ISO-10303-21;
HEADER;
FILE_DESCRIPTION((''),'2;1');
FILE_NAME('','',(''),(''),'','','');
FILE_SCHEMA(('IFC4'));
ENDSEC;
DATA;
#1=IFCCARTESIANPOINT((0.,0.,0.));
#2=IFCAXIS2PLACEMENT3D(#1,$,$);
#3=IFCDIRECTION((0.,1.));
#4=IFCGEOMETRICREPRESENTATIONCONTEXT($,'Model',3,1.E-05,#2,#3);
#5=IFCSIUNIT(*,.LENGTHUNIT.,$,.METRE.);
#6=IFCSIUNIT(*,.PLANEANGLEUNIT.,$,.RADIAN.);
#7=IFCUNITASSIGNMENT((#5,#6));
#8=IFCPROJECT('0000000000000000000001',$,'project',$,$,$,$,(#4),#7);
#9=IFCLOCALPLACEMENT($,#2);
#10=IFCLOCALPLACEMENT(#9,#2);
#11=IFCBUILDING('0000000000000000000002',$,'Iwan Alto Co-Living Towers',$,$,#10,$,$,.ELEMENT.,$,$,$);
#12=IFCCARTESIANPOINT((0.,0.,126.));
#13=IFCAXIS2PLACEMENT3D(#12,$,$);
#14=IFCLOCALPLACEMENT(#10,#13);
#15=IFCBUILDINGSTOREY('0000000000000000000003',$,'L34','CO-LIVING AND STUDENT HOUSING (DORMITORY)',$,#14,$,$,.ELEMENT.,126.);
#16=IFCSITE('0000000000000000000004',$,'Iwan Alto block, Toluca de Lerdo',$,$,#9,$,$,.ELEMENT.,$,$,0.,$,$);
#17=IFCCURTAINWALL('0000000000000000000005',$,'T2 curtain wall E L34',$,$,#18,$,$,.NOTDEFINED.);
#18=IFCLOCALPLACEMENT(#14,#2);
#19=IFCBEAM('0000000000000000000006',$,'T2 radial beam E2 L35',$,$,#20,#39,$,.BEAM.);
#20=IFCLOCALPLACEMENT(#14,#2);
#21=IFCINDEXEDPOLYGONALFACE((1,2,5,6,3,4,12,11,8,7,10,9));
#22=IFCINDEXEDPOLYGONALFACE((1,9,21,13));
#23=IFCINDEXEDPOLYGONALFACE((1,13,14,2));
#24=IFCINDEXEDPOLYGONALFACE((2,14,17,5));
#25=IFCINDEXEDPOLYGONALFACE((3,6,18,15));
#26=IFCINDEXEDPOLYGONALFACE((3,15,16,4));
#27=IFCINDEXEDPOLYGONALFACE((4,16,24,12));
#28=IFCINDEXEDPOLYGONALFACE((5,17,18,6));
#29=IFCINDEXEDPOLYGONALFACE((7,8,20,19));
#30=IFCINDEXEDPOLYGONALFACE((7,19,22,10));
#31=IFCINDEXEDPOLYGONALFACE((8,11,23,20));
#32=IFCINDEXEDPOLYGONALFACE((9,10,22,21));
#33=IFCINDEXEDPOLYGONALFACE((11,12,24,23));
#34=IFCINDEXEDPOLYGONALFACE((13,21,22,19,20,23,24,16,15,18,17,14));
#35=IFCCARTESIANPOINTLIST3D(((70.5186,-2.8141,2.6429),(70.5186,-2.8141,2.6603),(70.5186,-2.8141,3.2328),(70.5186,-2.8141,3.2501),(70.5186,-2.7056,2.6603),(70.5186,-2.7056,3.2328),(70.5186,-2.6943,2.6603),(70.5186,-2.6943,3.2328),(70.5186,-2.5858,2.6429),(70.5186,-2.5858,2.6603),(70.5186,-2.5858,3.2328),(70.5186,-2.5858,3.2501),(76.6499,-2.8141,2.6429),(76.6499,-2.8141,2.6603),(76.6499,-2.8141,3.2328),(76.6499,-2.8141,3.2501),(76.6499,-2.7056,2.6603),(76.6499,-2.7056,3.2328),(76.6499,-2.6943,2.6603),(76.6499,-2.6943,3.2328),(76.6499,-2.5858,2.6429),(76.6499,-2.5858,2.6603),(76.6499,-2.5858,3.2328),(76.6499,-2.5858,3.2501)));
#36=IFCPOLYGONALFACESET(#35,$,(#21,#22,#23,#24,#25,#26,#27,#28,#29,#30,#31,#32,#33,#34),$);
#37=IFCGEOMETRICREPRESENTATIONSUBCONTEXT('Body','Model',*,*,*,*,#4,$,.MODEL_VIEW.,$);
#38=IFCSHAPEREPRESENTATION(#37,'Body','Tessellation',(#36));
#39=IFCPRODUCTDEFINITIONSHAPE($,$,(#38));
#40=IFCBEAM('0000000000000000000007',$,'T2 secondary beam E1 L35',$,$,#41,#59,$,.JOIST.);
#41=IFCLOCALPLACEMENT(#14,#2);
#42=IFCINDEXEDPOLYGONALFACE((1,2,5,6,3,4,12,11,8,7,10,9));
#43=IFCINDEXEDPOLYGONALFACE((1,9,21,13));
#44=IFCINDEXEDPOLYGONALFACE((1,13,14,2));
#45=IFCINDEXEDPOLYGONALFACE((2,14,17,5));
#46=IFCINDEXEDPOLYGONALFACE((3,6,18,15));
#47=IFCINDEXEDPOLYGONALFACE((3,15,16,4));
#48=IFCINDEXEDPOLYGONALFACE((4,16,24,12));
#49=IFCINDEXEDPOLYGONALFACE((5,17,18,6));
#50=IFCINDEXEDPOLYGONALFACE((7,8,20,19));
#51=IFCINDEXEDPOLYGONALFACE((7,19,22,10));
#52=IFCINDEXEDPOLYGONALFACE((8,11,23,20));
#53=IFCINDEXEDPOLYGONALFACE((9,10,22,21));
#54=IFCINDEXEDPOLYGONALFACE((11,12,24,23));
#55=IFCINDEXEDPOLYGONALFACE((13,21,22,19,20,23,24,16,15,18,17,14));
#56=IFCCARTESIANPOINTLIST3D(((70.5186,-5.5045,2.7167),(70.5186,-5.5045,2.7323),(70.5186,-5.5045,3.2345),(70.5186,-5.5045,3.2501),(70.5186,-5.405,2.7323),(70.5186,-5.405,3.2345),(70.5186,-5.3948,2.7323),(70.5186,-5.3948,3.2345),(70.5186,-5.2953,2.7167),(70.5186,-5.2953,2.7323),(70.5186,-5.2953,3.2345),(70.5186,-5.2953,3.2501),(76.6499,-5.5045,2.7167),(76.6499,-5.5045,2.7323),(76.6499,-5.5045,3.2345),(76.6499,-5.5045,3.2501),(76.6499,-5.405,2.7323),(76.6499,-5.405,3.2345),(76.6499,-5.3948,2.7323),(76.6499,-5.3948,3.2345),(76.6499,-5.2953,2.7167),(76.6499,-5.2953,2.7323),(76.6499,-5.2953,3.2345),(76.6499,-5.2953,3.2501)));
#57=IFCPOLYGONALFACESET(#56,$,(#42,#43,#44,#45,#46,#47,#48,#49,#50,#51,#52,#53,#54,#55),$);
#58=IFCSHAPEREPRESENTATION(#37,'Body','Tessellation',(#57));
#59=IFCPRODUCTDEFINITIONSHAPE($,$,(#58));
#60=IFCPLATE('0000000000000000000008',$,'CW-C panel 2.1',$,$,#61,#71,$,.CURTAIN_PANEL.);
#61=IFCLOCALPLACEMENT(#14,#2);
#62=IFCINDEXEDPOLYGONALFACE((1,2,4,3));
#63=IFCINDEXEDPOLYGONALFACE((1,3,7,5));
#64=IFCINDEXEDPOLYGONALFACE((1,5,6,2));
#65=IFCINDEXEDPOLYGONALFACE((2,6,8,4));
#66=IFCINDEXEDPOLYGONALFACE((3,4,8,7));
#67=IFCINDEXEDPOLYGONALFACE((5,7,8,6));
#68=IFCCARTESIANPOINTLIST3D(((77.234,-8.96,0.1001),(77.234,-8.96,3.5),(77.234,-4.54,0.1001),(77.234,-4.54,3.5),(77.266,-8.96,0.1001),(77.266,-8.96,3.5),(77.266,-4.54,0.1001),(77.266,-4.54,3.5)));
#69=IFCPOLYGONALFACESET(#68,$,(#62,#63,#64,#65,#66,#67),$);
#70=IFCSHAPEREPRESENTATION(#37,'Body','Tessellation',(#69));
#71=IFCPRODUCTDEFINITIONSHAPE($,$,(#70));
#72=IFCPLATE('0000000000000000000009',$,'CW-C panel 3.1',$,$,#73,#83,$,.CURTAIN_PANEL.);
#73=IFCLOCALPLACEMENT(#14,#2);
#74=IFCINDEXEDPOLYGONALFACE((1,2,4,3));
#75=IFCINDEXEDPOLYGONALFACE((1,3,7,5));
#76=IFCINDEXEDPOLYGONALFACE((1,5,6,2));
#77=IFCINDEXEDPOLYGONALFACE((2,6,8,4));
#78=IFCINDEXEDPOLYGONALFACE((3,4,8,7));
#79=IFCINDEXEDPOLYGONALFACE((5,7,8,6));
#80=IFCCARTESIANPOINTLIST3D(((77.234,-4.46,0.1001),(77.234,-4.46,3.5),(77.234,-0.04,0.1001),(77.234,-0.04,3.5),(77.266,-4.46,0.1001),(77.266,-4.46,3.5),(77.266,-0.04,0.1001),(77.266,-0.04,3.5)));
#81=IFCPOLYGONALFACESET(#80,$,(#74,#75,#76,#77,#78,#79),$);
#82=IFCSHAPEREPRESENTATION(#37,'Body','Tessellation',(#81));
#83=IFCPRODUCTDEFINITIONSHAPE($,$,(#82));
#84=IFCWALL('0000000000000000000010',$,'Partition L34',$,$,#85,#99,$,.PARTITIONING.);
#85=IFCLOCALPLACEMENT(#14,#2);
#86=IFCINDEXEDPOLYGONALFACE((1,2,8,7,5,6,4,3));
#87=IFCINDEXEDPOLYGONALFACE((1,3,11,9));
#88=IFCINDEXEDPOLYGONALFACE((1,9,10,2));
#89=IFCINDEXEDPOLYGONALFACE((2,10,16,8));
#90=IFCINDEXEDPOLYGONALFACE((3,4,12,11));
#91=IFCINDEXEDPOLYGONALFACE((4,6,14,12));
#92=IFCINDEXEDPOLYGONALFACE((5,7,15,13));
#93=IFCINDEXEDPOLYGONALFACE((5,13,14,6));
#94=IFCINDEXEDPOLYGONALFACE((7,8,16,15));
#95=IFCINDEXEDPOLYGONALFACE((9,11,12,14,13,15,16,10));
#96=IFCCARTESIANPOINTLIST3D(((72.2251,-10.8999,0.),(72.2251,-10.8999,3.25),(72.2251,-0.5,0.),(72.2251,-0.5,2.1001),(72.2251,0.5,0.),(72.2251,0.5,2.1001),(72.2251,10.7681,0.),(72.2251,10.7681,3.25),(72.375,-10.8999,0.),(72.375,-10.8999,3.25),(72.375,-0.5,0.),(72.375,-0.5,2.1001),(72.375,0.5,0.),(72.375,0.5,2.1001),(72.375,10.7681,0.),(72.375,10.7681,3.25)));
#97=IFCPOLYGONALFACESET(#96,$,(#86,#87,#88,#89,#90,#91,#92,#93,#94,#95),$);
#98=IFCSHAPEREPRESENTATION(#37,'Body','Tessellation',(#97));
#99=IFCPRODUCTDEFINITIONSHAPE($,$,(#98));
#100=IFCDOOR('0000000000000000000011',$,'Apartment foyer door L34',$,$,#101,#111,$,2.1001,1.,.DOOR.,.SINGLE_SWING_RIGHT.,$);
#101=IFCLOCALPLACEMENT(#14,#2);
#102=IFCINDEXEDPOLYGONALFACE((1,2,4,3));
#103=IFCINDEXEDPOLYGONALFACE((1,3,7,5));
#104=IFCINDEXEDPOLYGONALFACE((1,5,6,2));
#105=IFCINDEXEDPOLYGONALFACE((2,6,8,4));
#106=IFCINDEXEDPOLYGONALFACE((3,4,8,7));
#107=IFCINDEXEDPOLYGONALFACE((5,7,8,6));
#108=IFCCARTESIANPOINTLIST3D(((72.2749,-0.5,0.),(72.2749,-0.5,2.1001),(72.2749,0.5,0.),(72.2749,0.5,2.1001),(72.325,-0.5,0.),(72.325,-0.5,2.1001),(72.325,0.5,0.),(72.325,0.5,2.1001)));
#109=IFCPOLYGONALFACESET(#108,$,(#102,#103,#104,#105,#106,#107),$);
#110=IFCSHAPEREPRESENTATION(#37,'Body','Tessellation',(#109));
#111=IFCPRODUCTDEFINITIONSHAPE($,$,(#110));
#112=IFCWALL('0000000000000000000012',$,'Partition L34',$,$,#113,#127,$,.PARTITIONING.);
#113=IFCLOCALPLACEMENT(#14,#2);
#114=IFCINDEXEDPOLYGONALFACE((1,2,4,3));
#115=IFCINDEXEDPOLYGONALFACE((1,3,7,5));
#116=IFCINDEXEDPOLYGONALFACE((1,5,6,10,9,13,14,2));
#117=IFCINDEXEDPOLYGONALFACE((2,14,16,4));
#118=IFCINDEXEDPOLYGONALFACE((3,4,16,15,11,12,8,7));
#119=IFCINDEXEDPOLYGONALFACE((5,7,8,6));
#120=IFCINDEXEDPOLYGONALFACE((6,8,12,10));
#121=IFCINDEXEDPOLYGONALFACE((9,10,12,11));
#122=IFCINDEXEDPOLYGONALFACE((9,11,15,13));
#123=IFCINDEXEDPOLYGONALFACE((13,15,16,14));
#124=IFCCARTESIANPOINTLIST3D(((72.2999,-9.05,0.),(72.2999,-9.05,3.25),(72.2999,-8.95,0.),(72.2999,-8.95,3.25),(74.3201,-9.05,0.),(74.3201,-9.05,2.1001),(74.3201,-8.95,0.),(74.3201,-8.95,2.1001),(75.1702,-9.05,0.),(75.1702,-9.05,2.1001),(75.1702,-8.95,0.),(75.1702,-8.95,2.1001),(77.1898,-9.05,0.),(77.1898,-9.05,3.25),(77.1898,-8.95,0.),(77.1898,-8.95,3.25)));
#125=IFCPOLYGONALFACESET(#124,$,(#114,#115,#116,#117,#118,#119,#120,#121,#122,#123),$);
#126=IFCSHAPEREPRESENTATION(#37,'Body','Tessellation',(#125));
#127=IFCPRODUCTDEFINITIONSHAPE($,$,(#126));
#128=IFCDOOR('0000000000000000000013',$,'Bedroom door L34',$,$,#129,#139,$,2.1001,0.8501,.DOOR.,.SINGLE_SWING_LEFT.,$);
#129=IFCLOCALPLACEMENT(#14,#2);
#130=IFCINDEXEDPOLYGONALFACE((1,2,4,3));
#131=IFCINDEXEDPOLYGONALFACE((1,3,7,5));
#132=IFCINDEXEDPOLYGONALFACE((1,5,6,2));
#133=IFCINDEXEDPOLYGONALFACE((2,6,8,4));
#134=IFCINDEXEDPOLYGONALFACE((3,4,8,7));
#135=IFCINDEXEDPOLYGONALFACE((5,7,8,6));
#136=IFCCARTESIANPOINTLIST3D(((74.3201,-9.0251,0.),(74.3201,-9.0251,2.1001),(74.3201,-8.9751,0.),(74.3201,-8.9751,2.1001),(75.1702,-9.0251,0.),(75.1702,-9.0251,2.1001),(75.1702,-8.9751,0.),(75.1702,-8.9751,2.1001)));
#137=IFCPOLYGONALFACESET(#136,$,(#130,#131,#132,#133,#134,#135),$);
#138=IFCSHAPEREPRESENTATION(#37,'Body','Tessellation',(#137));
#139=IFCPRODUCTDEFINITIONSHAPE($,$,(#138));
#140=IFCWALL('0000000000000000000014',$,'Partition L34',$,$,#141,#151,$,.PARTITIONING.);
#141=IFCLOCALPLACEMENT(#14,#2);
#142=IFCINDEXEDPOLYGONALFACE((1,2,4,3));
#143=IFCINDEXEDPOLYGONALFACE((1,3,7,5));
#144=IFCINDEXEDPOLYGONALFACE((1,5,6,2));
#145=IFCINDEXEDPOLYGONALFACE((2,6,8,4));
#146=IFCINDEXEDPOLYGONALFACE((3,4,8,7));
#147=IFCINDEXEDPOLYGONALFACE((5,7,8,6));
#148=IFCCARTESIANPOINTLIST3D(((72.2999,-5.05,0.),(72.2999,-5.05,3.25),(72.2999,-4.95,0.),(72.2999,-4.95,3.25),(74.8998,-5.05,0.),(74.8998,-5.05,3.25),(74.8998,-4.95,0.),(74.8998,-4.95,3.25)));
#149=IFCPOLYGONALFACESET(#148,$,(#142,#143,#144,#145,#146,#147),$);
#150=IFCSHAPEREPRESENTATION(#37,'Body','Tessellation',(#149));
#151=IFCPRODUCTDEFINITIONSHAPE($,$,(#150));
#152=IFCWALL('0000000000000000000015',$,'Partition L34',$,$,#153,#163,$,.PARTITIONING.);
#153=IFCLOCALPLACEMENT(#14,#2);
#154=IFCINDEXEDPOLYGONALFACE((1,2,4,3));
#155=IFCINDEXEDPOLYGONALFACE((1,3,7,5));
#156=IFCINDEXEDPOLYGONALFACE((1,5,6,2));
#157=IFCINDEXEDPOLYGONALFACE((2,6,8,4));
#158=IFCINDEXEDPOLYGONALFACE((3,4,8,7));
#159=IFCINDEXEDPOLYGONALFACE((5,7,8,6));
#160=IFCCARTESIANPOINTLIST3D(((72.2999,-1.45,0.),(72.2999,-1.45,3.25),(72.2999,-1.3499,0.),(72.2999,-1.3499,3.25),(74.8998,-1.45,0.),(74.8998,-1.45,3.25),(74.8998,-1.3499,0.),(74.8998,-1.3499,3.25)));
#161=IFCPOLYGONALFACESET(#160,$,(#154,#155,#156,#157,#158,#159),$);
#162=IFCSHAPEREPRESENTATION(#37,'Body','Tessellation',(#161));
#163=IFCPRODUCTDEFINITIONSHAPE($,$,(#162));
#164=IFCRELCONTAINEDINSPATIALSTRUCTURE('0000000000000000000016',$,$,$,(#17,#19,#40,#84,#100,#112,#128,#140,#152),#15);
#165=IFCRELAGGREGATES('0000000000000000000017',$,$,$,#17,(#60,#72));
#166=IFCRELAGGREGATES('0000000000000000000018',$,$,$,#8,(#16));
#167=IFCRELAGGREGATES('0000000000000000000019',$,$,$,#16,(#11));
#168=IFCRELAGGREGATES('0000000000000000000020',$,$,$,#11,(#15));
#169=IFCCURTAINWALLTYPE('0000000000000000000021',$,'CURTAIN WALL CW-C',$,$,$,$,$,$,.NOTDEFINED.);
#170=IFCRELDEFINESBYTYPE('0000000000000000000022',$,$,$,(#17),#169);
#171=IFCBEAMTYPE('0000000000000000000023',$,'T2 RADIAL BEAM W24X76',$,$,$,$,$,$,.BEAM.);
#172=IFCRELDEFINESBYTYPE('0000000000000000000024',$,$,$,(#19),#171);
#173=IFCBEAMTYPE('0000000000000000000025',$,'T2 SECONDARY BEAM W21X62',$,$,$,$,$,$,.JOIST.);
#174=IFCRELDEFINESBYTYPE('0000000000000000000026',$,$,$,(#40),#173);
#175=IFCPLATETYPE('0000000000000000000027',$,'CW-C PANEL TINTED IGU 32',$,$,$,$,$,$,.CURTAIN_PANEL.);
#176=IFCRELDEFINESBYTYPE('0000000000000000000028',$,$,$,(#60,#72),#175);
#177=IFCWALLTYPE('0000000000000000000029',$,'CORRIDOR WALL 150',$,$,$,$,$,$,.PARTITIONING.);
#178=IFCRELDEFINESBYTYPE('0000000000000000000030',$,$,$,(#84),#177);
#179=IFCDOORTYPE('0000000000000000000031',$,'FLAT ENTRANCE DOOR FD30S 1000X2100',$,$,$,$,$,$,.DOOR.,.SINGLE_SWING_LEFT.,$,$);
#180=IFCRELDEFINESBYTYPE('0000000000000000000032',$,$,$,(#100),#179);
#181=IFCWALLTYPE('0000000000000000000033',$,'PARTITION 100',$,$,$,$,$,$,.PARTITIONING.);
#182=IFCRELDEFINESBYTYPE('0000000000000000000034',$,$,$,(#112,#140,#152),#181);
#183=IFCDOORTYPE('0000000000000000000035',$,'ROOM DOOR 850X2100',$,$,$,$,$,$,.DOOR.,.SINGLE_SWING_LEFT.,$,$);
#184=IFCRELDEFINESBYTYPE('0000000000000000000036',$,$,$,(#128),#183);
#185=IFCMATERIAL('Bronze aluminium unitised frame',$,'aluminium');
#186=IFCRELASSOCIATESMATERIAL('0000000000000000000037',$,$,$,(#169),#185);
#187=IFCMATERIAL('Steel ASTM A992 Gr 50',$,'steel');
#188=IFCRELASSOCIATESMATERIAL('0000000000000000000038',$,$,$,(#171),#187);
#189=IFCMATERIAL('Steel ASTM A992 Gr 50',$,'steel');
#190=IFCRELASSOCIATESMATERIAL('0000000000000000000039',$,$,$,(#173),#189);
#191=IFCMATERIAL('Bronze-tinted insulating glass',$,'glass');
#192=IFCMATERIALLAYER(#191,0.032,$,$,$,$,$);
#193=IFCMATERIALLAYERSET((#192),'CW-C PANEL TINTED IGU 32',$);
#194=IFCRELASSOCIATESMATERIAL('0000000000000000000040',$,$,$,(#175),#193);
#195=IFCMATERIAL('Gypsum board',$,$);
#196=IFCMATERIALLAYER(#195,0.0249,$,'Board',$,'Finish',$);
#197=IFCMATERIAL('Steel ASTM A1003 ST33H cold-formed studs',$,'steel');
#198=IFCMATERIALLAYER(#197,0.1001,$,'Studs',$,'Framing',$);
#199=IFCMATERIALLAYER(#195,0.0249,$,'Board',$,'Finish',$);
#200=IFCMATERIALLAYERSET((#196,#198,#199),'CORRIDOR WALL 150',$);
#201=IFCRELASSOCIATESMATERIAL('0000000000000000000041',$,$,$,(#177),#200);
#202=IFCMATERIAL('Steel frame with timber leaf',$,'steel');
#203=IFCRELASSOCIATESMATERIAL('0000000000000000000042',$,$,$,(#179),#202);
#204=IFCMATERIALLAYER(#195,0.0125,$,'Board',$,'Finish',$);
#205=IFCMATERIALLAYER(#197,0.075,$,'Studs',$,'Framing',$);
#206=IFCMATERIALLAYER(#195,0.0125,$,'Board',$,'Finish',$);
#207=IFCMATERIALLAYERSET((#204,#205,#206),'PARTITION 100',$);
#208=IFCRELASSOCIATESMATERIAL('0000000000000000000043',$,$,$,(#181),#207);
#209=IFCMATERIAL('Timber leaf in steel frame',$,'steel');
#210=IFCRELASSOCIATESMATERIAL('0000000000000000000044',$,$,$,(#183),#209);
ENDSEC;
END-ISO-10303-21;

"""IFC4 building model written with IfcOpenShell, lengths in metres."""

from ifc_helpers import new_model, si_unit, direction, frame, frame_2d, origin, origin_2d, place, context, subcontext, project, spatial, rectangle, i_section, extrude, material, layer, layer_set, material_profile, profile_set, type_object, element, fill, aggregate, save


model = new_model("IFC4")

# Units and contexts
model_context = context("Model", 3, precision=1e-05, world=origin(), true_north=direction((0.0, 1.0)))
body_context = subcontext(model_context, "Body", "Model", "MODEL_VIEW")
ifc_project = project(units=[si_unit("LENGTHUNIT", "METRE"), si_unit("PLANEANGLEUNIT", "RADIAN")], contexts=[model_context])

# Site, building, storey
site_placement = place(None, origin())
site = spatial("IfcSite", under=ifc_project, at=site_placement, Name="Iwan Alto block, Toluca de Lerdo", CompositionType="ELEMENT", RefElevation=0.0)
building_placement = place(site_placement, origin())
building = spatial("IfcBuilding", under=site, at=building_placement, Name="Iwan Alto Co-Living Towers", CompositionType="ELEMENT")
storey_placement = place(building_placement, frame((0.0, 0.0, 126.0)))
storey = spatial("IfcBuildingStorey", under=building, at=storey_placement, Name="L34", Description="CO-LIVING AND STUDENT HOUSING (DORMITORY)", CompositionType="ELEMENT", Elevation=126.0)

# Curtain wall
ifc_material_1 = material(Name="Bronze aluminium unitised frame", Category="aluminium")
curtain_wall_type = type_object("IfcCurtainWallType", Name="CURTAIN WALL CW-C", PredefinedType="NOTDEFINED", material=ifc_material_1)
curtain_wall_placement = place(storey_placement, origin())
curtain_wall = element("IfcCurtainWall", 1, at=curtain_wall_placement, inside=storey, type_object=curtain_wall_type, Name="T2 curtain wall E L34", PredefinedType="NOTDEFINED")

# Beams
ifc_material_2 = material(Name="Steel ASTM A992 Gr 50", Category="steel")
ifc_material_profile_1 = material_profile(ifc_material_2, i_section(OverallWidth=0.2283, OverallDepth=0.6072, WebThickness=0.0112, FlangeThickness=0.0173, at=origin_2d()), Name="W24X76")
ifc_profile_set_1 = profile_set([ifc_material_profile_1], Name="Steel ASTM A992 Gr 50")
beam_type_1 = type_object("IfcBeamType", Name="T2 RADIAL BEAM W24X76", PredefinedType="BEAM", material=ifc_profile_set_1)
for number, where, z_axis, x_axis, name in (
    (2, (76.6499, -2.7, 2.9465), (-1.0, 0.0, 0.0), (0.0, -1.0, 0.0), "T2 radial beam E2 L35"),
):
    element("IfcBeam", number, at=place(storey_placement, frame(where, z_axis=z_axis, x_axis=x_axis)), inside=storey, type_object=beam_type_1, Name=name, PredefinedType="BEAM", context=body_context, shape_type="SweptSolid", body=[
        extrude(i_section(OverallWidth=0.2283, OverallDepth=0.6072, WebThickness=0.0112, FlangeThickness=0.0173, at=origin_2d()), origin(), (0.0, 0.0, 1.0), 6.1313),
    ])
ifc_material_3 = material(Name="Steel ASTM A992 Gr 50", Category="steel")
ifc_material_profile_2 = material_profile(ifc_material_3, i_section(OverallWidth=0.2092, OverallDepth=0.5334, WebThickness=0.0103, FlangeThickness=0.0156, at=origin_2d()), Name="W21X62")
ifc_profile_set_2 = profile_set([ifc_material_profile_2], Name="Steel ASTM A992 Gr 50")
beam_type_2 = type_object("IfcBeamType", Name="T2 SECONDARY BEAM W21X62", PredefinedType="JOIST", material=ifc_profile_set_2)
beam_1_placement = place(storey_placement, frame((76.6499, -5.3999, 2.9834), z_axis=(-1.0, 0.0, 0.0), x_axis=(0.0, -1.0, 0.0)))
element("IfcBeam", 3, at=beam_1_placement, inside=storey, type_object=beam_type_2, Name="T2 secondary beam E1 L35", PredefinedType="JOIST", context=body_context, shape_type="SweptSolid", body=[
    extrude(i_section(OverallWidth=0.2092, OverallDepth=0.5334, WebThickness=0.0103, FlangeThickness=0.0156, at=origin_2d()), origin(), (0.0, 0.0, 1.0), 6.1313),
])

# Plates
ifc_material_4 = material(Name="Bronze-tinted insulating glass", Category="glass")
ifc_layer_1 = layer(ifc_material_4, 0.032)
ifc_layer_set_1 = layer_set([ifc_layer_1], Name="CW-C PANEL TINTED IGU 32")
plate_type = type_object("IfcPlateType", Name="CW-C PANEL TINTED IGU 32", PredefinedType="CURTAIN_PANEL", material=ifc_layer_set_1)
plate_1_placement = place(storey_placement, frame((77.25, -6.75, 0.1001), z_axis=(0.0, 0.0, 1.0), x_axis=(0.0, 1.0, 0.0)))
plate_1 = element("IfcPlate", 4, at=plate_1_placement, type_object=plate_type, Name="CW-C panel 2.1", PredefinedType="CURTAIN_PANEL", context=body_context, shape_type="SweptSolid", body=[
    extrude(rectangle(XDim=4.4199, YDim=0.032, at=origin_2d()), origin(), (0.0, 0.0, 1.0), 3.3999),
])
plate_2_placement = place(storey_placement, frame((77.25, -2.25, 0.1001), z_axis=(0.0, 0.0, 1.0), x_axis=(0.0, 1.0, 0.0)))
plate_2 = element("IfcPlate", 5, at=plate_2_placement, type_object=plate_type, Name="CW-C panel 3.1", PredefinedType="CURTAIN_PANEL", context=body_context, shape_type="SweptSolid", body=[
    extrude(rectangle(XDim=4.4199, YDim=0.032, at=origin_2d()), origin(), (0.0, 0.0, 1.0), 3.3999),
])
aggregate(curtain_wall, [plate_1, plate_2])

# Walls, openings, doors
ifc_material_5 = material(Name="Gypsum board")
ifc_layer_2 = layer(ifc_material_5, 0.0249, Name="Board", Category="Finish")
ifc_material_6 = material(Name="Steel ASTM A1003 ST33H cold-formed studs", Category="steel")
ifc_layer_3 = layer(ifc_material_6, 0.1001, Name="Studs", Category="Framing")
ifc_layer_4 = layer(ifc_material_5, 0.0249, Name="Board", Category="Finish")
ifc_layer_set_2 = layer_set([ifc_layer_2, ifc_layer_3, ifc_layer_4], Name="CORRIDOR WALL 150")
wall_type_1 = type_object("IfcWallType", Name="CORRIDOR WALL 150", PredefinedType="PARTITIONING", material=ifc_layer_set_2)
wall_1_placement = place(storey_placement, frame((72.3, -10.8999, 0.0), z_axis=(0.0, 0.0, 1.0), x_axis=(0.0, 1.0, 0.0)))
wall_1 = element("IfcWall", 6, at=wall_1_placement, inside=storey, type_object=wall_type_1, Name="Partition L34", PredefinedType="PARTITIONING", context=body_context, shape_type="SweptSolid", body=[
    extrude(rectangle(XDim=21.668, YDim=0.1499, at=frame_2d((10.834, 0.0))), origin(), (0.0, 0.0, 1.0), 3.25),
])
opening_1_placement = place(wall_1_placement, frame((10.3999, 0.0, 0.0)))
opening_1 = element("IfcOpeningElement", 7, at=opening_1_placement, cuts=wall_1, PredefinedType="OPENING", context=body_context, shape_type="SweptSolid", body=[
    extrude(rectangle(XDim=1.0, YDim=2.1001, at=frame_2d((0.5, 1.05))), frame((0.0, 0.085, 0.0), z_axis=(0.0, -1.0, 0.0), x_axis=(1.0, 0.0, 0.0)), (0.0, 0.0, 1.0), 0.1699),
])
ifc_material_7 = material(Name="Steel frame with timber leaf", Category="steel")
door_type_1 = type_object("IfcDoorType", Name="FLAT ENTRANCE DOOR FD30S 1000X2100", OperationType="SINGLE_SWING_LEFT", PredefinedType="DOOR", material=ifc_material_7)
door_1_placement = place(opening_1_placement, frame((1.0, 0.0, 0.0), z_axis=(0.0, 0.0, 1.0), x_axis=(-1.0, 0.0, 0.0)))
door_1 = element("IfcDoor", 8, at=door_1_placement, inside=storey, type_object=door_type_1, Name="Apartment foyer door L34", OperationType="SINGLE_SWING_RIGHT", OverallHeight=2.1001, OverallWidth=1.0, PredefinedType="DOOR", context=body_context, shape_type="SweptSolid", body=[
    extrude(rectangle(XDim=1.0, YDim=2.1001, at=frame_2d((0.5, 1.05))), frame((0.0, 0.0249, 0.0), z_axis=(0.0, -1.0, 0.0), x_axis=(1.0, 0.0, 0.0)), (0.0, 0.0, 1.0), 0.05),
])
fill(opening_1, door_1)
ifc_layer_5 = layer(ifc_material_5, 0.0125, Name="Board", Category="Finish")
ifc_layer_6 = layer(ifc_material_6, 0.075, Name="Studs", Category="Framing")
ifc_layer_7 = layer(ifc_material_5, 0.0125, Name="Board", Category="Finish")
ifc_layer_set_3 = layer_set([ifc_layer_5, ifc_layer_6, ifc_layer_7], Name="PARTITION 100")
wall_type_2 = type_object("IfcWallType", Name="PARTITION 100", PredefinedType="PARTITIONING", material=ifc_layer_set_3)
wall_2_placement = place(storey_placement, frame((72.3, -9.0, 0.0), z_axis=(0.0, 0.0, 1.0), x_axis=(1.0, 0.0, 0.0)))
wall_2 = element("IfcWall", 9, at=wall_2_placement, inside=storey, type_object=wall_type_2, Name="Partition L34", PredefinedType="PARTITIONING", context=body_context, shape_type="SweptSolid", body=[
    extrude(rectangle(XDim=4.8899, YDim=0.1001, at=frame_2d((2.4448, 0.0))), origin(), (0.0, 0.0, 1.0), 3.25),
])
opening_2_placement = place(wall_2_placement, frame((2.02, 0.0, 0.0)))
opening_2 = element("IfcOpeningElement", 10, at=opening_2_placement, cuts=wall_2, PredefinedType="OPENING", context=body_context, shape_type="SweptSolid", body=[
    extrude(rectangle(XDim=0.8501, YDim=2.1001, at=frame_2d((0.425, 1.05))), frame((0.0, 0.0601, 0.0), z_axis=(0.0, -1.0, 0.0), x_axis=(1.0, 0.0, 0.0)), (0.0, 0.0, 1.0), 0.1201),
])
ifc_material_8 = material(Name="Timber leaf in steel frame", Category="steel")
door_type_2 = type_object("IfcDoorType", Name="ROOM DOOR 850X2100", OperationType="SINGLE_SWING_LEFT", PredefinedType="DOOR", material=ifc_material_8)
door_2_placement = place(opening_2_placement, origin())
door_2 = element("IfcDoor", 11, at=door_2_placement, inside=storey, type_object=door_type_2, Name="Bedroom door L34", OperationType="SINGLE_SWING_LEFT", OverallHeight=2.1001, OverallWidth=0.8501, PredefinedType="DOOR", context=body_context, shape_type="SweptSolid", body=[
    extrude(rectangle(XDim=0.8501, YDim=2.1001, at=frame_2d((0.425, 1.05))), frame((0.0, 0.0249, 0.0), z_axis=(0.0, -1.0, 0.0), x_axis=(1.0, 0.0, 0.0)), (0.0, 0.0, 1.0), 0.05),
])
fill(opening_2, door_2)

# Walls
for number, where, z_axis, x_axis, name in (
    (12, (72.3, -5.0, 0.0), (0.0, 0.0, 1.0), (1.0, 0.0, 0.0), "Partition L34"),
    (13, (72.3, -1.3999, 0.0), (0.0, 0.0, 1.0), (1.0, 0.0, 0.0), "Partition L34"),
):
    element("IfcWall", number, at=place(storey_placement, frame(where, z_axis=z_axis, x_axis=x_axis)), inside=storey, type_object=wall_type_2, Name=name, PredefinedType="PARTITIONING", context=body_context, shape_type="SweptSolid", body=[
        extrude(rectangle(XDim=2.5999, YDim=0.1001, at=frame_2d((1.2998, 0.0))), origin(), (0.0, 0.0, 1.0), 3.25),
    ])

save(model, "model.ifc")
